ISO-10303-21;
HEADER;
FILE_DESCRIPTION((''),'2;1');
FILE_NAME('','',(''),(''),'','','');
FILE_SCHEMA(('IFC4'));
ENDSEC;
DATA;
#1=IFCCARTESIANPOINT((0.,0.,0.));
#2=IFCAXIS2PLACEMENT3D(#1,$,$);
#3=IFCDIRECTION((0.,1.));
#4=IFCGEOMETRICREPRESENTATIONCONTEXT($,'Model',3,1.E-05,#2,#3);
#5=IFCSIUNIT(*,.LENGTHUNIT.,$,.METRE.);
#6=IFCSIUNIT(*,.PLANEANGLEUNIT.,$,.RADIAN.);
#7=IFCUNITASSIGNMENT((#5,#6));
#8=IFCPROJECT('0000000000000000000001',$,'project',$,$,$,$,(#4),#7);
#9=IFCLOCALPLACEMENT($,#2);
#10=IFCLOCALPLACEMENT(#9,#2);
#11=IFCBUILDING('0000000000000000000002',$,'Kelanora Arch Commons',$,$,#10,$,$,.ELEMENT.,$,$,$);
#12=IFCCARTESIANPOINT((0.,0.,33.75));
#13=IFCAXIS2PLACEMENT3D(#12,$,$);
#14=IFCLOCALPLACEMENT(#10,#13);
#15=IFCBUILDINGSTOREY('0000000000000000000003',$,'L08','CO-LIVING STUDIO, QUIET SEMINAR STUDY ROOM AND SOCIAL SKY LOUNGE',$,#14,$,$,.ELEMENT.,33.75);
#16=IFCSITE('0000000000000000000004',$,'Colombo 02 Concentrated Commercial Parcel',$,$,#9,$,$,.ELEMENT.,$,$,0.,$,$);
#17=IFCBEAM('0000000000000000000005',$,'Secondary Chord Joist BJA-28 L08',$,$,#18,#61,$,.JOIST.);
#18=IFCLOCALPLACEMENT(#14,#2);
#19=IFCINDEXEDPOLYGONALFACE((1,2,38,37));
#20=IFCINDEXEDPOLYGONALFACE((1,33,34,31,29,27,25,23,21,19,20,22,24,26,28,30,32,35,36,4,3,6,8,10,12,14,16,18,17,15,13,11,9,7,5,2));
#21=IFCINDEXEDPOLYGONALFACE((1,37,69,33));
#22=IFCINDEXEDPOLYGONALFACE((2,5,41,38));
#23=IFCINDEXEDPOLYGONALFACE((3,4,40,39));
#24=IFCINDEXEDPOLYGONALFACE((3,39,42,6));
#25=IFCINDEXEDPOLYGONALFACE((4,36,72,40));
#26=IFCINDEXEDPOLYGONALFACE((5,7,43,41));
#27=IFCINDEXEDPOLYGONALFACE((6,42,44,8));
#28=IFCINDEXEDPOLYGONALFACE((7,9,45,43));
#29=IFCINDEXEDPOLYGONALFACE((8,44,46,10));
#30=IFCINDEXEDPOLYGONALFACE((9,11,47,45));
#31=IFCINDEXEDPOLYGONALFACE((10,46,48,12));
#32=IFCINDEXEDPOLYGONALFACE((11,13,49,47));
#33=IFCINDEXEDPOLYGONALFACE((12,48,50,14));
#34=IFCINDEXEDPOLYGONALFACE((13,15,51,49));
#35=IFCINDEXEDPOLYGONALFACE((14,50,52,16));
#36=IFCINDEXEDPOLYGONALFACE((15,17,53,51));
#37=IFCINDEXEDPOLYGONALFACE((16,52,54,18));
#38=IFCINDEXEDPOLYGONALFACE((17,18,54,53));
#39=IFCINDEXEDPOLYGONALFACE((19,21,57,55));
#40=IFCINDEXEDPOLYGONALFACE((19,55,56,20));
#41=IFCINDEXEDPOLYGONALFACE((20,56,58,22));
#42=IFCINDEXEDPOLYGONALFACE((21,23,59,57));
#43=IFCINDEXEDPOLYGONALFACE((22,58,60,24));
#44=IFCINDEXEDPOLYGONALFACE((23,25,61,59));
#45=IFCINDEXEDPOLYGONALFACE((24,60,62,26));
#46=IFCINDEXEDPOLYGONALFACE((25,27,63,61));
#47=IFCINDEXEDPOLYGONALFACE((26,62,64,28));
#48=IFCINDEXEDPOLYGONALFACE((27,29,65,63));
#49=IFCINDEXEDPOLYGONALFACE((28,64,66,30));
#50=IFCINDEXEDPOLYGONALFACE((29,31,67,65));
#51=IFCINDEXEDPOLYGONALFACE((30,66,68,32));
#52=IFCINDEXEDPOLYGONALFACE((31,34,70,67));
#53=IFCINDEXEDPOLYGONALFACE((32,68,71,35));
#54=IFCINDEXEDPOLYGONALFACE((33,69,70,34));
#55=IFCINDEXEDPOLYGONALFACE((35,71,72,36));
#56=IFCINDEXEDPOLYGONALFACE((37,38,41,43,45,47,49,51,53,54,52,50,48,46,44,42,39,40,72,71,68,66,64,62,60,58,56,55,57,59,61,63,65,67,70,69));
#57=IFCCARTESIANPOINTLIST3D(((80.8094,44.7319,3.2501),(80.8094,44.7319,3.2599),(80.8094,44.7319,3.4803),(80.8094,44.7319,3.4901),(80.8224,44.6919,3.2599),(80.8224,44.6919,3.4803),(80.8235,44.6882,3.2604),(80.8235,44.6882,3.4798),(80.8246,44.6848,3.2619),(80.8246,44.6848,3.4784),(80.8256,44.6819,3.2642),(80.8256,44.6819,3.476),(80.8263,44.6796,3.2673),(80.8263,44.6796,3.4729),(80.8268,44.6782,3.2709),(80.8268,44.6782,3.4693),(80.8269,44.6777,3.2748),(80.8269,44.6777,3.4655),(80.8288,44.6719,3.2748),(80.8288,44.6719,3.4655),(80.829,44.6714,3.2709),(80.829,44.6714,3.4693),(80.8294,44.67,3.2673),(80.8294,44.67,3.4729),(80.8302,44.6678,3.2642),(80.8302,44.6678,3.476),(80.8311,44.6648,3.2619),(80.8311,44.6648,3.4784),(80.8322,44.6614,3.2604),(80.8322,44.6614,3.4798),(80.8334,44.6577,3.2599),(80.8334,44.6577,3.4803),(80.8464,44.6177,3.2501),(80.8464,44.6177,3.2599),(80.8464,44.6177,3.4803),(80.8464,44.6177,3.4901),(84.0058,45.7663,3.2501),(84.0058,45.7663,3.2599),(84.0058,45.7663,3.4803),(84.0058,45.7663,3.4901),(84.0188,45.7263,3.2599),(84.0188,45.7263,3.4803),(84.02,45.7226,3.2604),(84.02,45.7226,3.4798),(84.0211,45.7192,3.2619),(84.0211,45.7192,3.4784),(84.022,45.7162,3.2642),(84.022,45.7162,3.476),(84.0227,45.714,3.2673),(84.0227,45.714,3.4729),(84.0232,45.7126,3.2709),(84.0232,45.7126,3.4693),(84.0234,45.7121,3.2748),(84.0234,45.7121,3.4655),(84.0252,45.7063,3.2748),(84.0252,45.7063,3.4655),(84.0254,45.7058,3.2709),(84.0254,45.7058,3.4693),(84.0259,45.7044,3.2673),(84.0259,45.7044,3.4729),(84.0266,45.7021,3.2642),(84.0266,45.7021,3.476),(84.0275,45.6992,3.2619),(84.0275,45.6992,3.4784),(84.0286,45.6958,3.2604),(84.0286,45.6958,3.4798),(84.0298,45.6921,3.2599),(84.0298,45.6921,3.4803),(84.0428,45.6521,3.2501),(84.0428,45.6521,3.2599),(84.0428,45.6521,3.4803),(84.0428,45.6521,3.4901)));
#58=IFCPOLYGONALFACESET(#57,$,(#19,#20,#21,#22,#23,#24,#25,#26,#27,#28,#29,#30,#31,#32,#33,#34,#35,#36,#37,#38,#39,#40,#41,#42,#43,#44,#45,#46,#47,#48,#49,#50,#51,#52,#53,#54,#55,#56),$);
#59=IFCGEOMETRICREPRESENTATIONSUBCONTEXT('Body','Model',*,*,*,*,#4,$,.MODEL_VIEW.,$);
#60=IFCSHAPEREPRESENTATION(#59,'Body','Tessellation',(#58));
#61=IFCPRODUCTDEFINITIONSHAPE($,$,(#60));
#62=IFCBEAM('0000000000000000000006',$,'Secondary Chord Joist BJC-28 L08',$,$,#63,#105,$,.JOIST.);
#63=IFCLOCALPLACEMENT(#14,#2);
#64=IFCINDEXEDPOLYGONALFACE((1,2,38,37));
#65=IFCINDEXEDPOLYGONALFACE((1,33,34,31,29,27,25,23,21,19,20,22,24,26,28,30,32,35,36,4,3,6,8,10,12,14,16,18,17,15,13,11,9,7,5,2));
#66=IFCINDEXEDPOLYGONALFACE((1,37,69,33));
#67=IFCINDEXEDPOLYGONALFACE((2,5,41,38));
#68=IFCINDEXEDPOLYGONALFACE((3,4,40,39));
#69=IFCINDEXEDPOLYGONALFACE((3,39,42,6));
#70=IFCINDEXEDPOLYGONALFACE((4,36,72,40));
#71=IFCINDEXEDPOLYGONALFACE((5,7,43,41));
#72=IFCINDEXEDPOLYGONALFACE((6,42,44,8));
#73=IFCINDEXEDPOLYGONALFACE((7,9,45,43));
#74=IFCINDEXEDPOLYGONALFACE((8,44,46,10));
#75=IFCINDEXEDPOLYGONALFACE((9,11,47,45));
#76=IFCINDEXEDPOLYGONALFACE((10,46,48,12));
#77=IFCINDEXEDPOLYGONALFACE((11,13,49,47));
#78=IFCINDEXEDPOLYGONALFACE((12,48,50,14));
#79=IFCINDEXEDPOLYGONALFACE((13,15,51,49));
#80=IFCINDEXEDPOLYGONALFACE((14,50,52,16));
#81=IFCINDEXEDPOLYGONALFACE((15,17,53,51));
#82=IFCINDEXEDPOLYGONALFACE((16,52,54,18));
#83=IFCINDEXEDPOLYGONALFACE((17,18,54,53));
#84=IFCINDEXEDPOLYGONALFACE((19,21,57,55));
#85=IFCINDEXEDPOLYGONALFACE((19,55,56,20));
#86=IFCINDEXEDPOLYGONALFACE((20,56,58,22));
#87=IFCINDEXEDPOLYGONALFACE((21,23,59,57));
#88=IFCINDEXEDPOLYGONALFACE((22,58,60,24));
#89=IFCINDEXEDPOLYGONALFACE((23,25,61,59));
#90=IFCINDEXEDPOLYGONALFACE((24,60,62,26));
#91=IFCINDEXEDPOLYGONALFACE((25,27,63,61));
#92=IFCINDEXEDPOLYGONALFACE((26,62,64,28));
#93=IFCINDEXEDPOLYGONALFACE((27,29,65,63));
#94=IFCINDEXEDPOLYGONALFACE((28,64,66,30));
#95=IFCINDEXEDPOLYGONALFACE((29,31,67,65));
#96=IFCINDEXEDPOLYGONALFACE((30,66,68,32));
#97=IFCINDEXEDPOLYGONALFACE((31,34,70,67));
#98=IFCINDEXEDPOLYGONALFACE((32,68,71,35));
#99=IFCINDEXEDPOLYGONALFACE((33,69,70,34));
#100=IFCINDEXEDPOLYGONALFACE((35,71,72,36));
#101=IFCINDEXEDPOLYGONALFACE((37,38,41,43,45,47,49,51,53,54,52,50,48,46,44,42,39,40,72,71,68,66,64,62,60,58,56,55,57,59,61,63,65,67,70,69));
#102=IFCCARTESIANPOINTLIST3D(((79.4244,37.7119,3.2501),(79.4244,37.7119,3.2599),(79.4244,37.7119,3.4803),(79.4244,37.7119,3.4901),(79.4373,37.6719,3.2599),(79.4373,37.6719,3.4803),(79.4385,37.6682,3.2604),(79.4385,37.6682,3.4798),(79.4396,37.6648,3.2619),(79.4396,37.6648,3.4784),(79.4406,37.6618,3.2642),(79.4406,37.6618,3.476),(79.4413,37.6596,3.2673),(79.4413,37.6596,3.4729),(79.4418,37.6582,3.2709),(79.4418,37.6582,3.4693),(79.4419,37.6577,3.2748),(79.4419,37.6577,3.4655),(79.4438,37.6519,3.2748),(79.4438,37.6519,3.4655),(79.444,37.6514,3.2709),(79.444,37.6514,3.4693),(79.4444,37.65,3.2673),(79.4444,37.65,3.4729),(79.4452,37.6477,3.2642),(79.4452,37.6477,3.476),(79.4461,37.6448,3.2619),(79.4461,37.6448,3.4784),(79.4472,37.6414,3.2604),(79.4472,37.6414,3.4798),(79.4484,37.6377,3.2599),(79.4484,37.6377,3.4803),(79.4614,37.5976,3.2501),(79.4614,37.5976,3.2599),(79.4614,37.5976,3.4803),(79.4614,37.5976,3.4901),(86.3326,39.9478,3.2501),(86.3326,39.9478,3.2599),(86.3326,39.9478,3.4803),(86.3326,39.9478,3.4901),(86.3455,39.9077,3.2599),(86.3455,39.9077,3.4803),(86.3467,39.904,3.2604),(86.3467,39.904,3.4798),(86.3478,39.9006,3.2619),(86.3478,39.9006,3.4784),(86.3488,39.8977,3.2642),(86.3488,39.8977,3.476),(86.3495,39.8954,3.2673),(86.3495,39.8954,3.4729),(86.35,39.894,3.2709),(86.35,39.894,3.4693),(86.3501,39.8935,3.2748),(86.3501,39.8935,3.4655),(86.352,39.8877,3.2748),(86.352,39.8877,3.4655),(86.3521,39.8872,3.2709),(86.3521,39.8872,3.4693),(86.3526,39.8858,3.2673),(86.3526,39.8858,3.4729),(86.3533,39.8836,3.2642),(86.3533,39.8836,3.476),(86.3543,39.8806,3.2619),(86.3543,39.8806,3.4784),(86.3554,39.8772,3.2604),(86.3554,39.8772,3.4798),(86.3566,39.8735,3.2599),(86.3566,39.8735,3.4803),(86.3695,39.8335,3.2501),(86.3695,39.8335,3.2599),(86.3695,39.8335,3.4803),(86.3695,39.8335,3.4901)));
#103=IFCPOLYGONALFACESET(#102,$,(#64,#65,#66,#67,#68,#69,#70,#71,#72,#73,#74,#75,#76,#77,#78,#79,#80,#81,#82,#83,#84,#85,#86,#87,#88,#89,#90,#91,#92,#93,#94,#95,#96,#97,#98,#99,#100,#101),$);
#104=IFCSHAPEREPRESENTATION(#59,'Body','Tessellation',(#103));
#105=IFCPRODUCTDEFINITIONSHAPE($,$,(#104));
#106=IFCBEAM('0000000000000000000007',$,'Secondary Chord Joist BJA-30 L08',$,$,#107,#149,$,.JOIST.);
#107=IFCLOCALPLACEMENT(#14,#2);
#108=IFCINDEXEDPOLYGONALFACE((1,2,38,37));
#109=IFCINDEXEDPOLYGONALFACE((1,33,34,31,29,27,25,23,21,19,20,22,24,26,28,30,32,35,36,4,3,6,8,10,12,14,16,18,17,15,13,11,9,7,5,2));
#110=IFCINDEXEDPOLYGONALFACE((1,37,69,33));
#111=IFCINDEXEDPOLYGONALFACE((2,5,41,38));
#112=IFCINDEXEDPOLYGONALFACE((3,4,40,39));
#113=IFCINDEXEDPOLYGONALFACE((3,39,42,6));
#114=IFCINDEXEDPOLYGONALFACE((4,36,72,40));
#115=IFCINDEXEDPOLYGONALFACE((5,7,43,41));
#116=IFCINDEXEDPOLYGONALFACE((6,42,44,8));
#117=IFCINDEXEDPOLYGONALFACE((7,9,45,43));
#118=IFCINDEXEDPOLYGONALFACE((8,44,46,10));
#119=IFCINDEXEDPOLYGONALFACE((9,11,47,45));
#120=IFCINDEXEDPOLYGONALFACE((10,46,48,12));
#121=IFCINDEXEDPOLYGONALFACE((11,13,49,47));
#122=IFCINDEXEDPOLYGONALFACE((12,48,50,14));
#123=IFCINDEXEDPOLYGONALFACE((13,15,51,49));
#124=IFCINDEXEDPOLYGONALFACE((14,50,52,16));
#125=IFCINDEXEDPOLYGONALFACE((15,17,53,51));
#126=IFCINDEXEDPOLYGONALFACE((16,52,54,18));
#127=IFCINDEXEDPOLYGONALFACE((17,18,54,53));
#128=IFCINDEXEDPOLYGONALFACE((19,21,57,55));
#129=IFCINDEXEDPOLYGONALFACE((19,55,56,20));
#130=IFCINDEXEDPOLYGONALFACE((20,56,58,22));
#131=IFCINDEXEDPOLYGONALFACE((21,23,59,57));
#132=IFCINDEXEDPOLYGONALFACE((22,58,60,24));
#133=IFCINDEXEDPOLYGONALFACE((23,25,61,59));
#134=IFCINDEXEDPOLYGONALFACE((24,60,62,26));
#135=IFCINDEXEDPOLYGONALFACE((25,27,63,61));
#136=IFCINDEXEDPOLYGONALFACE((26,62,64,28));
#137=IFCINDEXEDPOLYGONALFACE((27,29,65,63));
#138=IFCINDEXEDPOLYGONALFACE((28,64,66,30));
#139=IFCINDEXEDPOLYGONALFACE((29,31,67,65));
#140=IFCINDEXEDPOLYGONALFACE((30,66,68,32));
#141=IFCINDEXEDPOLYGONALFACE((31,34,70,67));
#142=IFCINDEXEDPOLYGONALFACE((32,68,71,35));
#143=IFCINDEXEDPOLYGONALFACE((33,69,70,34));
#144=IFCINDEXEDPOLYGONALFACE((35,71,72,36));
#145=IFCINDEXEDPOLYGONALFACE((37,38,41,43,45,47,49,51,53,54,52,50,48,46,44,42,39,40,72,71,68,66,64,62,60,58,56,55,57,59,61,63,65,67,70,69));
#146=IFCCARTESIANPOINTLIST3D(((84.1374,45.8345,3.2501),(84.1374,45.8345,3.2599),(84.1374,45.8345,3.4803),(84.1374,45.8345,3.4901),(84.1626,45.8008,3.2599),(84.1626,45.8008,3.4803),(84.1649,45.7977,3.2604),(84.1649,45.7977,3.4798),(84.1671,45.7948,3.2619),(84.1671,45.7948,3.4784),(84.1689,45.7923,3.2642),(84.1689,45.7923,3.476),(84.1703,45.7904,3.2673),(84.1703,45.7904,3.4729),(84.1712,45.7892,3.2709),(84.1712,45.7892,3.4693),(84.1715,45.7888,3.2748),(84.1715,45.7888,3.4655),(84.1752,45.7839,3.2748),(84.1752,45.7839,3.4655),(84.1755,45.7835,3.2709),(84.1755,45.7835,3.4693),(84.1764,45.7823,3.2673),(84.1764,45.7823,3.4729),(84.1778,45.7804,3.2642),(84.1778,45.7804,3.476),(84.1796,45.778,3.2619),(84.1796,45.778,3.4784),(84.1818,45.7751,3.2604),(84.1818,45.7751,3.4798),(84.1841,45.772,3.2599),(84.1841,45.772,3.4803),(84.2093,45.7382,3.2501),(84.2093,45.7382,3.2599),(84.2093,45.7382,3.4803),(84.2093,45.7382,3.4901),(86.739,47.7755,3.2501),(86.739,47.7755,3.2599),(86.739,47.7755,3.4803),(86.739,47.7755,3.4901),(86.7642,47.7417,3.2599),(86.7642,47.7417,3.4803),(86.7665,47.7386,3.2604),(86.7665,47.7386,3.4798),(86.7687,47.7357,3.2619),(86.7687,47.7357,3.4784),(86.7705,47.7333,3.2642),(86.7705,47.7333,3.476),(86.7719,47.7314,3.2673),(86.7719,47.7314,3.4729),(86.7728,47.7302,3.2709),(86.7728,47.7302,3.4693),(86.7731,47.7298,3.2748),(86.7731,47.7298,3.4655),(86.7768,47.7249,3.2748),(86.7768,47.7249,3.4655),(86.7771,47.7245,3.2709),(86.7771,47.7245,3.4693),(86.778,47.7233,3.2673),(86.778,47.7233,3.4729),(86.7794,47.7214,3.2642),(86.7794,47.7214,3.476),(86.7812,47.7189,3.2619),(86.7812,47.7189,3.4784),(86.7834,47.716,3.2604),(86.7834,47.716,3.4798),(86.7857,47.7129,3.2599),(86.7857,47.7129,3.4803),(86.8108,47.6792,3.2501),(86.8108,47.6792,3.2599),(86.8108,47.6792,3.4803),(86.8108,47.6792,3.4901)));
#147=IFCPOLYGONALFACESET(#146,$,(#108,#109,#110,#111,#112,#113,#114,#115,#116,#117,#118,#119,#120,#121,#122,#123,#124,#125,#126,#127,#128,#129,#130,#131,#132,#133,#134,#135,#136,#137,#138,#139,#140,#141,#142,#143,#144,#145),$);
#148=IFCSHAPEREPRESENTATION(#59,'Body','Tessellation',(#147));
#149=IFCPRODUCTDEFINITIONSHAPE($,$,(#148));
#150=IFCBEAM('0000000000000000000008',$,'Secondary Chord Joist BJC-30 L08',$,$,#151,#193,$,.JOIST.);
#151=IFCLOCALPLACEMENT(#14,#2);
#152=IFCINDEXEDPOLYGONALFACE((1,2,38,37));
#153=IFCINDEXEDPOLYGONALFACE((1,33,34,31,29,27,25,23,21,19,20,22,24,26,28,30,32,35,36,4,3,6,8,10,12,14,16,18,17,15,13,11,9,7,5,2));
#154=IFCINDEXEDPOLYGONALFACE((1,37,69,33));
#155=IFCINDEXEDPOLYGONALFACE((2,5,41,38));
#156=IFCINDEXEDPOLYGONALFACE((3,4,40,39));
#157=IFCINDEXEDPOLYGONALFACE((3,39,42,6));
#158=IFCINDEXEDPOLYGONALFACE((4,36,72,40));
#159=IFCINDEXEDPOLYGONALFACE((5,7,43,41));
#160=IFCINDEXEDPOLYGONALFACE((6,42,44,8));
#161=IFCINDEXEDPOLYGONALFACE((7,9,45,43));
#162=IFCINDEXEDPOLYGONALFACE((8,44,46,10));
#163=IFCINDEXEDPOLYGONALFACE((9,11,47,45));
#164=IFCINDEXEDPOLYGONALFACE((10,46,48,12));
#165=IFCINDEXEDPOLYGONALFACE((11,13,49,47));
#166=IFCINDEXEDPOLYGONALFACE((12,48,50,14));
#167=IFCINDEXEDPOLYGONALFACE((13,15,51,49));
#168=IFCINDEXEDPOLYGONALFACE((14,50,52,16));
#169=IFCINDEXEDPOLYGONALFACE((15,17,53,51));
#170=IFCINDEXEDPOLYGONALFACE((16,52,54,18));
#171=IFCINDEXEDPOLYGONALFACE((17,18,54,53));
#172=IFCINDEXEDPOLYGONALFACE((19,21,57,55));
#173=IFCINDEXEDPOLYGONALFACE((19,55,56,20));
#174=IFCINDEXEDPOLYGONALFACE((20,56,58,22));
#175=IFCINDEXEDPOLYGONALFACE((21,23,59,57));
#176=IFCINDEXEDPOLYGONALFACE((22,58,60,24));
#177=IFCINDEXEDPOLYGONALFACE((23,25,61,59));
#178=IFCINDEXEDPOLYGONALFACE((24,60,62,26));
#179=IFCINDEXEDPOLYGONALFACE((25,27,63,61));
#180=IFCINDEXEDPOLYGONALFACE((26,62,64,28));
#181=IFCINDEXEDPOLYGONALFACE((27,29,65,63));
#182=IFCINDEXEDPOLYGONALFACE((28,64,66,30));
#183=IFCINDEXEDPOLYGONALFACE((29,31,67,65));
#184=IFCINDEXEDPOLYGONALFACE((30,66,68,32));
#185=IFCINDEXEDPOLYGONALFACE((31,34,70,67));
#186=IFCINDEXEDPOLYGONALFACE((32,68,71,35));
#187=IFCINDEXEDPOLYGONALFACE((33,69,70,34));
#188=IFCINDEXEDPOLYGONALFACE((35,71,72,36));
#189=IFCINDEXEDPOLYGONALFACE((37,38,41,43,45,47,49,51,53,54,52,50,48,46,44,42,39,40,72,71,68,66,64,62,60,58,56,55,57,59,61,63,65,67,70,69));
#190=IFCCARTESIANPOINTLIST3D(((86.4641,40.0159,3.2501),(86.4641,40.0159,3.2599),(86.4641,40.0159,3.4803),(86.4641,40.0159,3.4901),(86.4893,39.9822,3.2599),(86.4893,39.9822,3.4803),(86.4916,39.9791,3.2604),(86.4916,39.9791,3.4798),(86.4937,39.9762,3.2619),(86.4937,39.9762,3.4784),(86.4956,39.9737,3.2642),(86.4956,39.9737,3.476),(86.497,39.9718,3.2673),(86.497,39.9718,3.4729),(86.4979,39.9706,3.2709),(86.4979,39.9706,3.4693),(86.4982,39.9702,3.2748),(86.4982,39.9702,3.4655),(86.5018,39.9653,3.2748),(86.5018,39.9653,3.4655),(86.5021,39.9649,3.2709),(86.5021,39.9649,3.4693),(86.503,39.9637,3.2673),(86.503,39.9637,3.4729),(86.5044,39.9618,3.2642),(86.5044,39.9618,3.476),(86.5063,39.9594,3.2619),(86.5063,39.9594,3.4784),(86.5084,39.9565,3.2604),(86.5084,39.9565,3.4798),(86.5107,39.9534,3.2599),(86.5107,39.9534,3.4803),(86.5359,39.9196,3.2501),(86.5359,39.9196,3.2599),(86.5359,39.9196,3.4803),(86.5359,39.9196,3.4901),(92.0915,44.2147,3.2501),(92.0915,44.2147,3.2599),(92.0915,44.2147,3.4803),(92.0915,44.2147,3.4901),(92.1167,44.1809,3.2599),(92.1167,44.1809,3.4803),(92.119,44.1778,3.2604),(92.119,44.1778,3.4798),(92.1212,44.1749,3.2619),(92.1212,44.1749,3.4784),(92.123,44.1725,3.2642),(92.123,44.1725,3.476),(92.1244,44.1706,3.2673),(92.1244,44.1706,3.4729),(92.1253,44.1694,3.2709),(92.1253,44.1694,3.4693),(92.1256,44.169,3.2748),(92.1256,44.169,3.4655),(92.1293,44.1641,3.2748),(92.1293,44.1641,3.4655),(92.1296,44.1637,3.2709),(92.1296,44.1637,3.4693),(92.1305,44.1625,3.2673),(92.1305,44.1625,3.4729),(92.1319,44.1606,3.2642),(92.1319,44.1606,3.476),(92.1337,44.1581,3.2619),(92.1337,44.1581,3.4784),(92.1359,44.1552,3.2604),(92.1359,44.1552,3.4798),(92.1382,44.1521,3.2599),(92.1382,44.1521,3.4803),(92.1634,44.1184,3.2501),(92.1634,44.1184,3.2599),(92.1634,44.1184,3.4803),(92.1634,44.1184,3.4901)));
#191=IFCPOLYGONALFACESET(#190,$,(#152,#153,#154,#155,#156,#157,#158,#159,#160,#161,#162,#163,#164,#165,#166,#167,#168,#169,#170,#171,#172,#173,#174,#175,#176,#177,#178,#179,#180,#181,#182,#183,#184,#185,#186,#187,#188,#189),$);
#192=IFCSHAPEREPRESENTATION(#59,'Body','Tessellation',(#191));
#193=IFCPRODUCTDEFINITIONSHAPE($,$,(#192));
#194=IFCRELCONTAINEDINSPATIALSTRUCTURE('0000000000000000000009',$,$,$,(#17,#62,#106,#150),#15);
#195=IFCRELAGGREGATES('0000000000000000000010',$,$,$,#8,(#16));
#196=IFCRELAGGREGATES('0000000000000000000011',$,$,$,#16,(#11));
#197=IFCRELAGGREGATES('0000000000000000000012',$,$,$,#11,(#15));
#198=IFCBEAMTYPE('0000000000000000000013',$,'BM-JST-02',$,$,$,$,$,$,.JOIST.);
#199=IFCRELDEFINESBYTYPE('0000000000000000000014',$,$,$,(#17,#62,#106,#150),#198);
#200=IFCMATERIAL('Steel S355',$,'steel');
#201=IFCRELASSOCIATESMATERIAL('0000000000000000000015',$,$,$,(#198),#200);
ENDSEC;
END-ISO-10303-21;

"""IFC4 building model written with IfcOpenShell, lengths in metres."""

from ifc_helpers import new_model, si_unit, direction, frame, origin, origin_2d, place, context, subcontext, project, spatial, i_section, extrude, material, material_profile, profile_set, type_object, element, save


model = new_model("IFC4")

# Units and contexts
model_context = context("Model", 3, precision=1e-05, world=origin(), true_north=direction((0.0, 1.0)))
body_context = subcontext(model_context, "Body", "Model", "MODEL_VIEW")
ifc_project = project(units=[si_unit("LENGTHUNIT", "METRE"), si_unit("PLANEANGLEUNIT", "RADIAN")], contexts=[model_context])

# Site, building, storey
site_placement = place(None, origin())
site = spatial("IfcSite", under=ifc_project, at=site_placement, Name="Colombo 02 Concentrated Commercial Parcel", CompositionType="ELEMENT", RefElevation=0.0)
building_placement = place(site_placement, origin())
building = spatial("IfcBuilding", under=site, at=building_placement, Name="Kelanora Arch Commons", CompositionType="ELEMENT")
storey_placement = place(building_placement, frame((0.0, 0.0, 33.75)))
storey = spatial("IfcBuildingStorey", under=building, at=storey_placement, Name="L08", Description="CO-LIVING STUDIO, QUIET SEMINAR STUDY ROOM AND SOCIAL SKY LOUNGE", CompositionType="ELEMENT", Elevation=33.75)

# Beams
ifc_material_1 = material(Name="Steel S355", Category="steel")
ifc_material_profile_1 = material_profile(ifc_material_1, i_section(OverallWidth=0.1201, OverallDepth=0.24, WebThickness=0.0061, FlangeThickness=0.0098, FilletRadius=0.0149, at=origin_2d()), Name="IPE240")
ifc_profile_set_1 = profile_set([ifc_material_profile_1], Name="Steel S355")
beam_type_1 = type_object("IfcBeamType", Name="BM-JST-02", PredefinedType="JOIST", material=ifc_profile_set_1)
beam_1_placement = place(storey_placement, frame((80.8279, 44.6748, 3.3701), z_axis=(0.951423, 0.307888, 0.0), x_axis=(-0.307888, 0.951423, 0.0)))
element("IfcBeam", 1, at=beam_1_placement, inside=storey, type_object=beam_type_1, Name="Secondary Chord Joist BJA-28 L08", PredefinedType="JOIST", context=body_context, shape_type="SweptSolid", body=[
    extrude(i_section(OverallWidth=0.1201, OverallDepth=0.24, WebThickness=0.0061, FlangeThickness=0.0098, FilletRadius=0.0149, at=origin_2d()), origin(), (0.0, 0.0, 1.0), 3.3596),
])
beam_2_placement = place(storey_placement, frame((79.4429, 37.6548, 3.3701), z_axis=(0.951411, 0.307924, 0.0), x_axis=(-0.307924, 0.951411, 0.0)))
element("IfcBeam", 2, at=beam_2_placement, inside=storey, type_object=beam_type_1, Name="Secondary Chord Joist BJC-28 L08", PredefinedType="JOIST", context=body_context, shape_type="SweptSolid", body=[
    extrude(i_section(OverallWidth=0.1201, OverallDepth=0.24, WebThickness=0.0061, FlangeThickness=0.0098, FilletRadius=0.0149, at=origin_2d()), origin(), (0.0, 0.0, 1.0), 7.261),
])
beam_3_placement = place(storey_placement, frame((84.1733, 45.7864, 3.3701), z_axis=(0.801514, 0.597976, 0.0), x_axis=(-0.597976, 0.801514, 0.0)))
element("IfcBeam", 3, at=beam_3_placement, inside=storey, type_object=beam_type_1, Name="Secondary Chord Joist BJA-30 L08", PredefinedType="JOIST", context=body_context, shape_type="SweptSolid", body=[
    extrude(i_section(OverallWidth=0.1201, OverallDepth=0.24, WebThickness=0.0061, FlangeThickness=0.0098, FilletRadius=0.0149, at=origin_2d()), origin(), (0.0, 0.0, 1.0), 3.2458),
])
beam_4_placement = place(storey_placement, frame((86.5, 39.9678, 3.3701), z_axis=(0.801491, 0.598006, 0.0), x_axis=(-0.598006, 0.801491, 0.0)))
element("IfcBeam", 4, at=beam_4_placement, inside=storey, type_object=beam_type_1, Name="Secondary Chord Joist BJC-30 L08", PredefinedType="JOIST", context=body_context, shape_type="SweptSolid", body=[
    extrude(i_section(OverallWidth=0.1201, OverallDepth=0.24, WebThickness=0.0061, FlangeThickness=0.0098, FilletRadius=0.0149, at=origin_2d()), origin(), (0.0, 0.0, 1.0), 7.0212),
])

save(model, "model.ifc")
